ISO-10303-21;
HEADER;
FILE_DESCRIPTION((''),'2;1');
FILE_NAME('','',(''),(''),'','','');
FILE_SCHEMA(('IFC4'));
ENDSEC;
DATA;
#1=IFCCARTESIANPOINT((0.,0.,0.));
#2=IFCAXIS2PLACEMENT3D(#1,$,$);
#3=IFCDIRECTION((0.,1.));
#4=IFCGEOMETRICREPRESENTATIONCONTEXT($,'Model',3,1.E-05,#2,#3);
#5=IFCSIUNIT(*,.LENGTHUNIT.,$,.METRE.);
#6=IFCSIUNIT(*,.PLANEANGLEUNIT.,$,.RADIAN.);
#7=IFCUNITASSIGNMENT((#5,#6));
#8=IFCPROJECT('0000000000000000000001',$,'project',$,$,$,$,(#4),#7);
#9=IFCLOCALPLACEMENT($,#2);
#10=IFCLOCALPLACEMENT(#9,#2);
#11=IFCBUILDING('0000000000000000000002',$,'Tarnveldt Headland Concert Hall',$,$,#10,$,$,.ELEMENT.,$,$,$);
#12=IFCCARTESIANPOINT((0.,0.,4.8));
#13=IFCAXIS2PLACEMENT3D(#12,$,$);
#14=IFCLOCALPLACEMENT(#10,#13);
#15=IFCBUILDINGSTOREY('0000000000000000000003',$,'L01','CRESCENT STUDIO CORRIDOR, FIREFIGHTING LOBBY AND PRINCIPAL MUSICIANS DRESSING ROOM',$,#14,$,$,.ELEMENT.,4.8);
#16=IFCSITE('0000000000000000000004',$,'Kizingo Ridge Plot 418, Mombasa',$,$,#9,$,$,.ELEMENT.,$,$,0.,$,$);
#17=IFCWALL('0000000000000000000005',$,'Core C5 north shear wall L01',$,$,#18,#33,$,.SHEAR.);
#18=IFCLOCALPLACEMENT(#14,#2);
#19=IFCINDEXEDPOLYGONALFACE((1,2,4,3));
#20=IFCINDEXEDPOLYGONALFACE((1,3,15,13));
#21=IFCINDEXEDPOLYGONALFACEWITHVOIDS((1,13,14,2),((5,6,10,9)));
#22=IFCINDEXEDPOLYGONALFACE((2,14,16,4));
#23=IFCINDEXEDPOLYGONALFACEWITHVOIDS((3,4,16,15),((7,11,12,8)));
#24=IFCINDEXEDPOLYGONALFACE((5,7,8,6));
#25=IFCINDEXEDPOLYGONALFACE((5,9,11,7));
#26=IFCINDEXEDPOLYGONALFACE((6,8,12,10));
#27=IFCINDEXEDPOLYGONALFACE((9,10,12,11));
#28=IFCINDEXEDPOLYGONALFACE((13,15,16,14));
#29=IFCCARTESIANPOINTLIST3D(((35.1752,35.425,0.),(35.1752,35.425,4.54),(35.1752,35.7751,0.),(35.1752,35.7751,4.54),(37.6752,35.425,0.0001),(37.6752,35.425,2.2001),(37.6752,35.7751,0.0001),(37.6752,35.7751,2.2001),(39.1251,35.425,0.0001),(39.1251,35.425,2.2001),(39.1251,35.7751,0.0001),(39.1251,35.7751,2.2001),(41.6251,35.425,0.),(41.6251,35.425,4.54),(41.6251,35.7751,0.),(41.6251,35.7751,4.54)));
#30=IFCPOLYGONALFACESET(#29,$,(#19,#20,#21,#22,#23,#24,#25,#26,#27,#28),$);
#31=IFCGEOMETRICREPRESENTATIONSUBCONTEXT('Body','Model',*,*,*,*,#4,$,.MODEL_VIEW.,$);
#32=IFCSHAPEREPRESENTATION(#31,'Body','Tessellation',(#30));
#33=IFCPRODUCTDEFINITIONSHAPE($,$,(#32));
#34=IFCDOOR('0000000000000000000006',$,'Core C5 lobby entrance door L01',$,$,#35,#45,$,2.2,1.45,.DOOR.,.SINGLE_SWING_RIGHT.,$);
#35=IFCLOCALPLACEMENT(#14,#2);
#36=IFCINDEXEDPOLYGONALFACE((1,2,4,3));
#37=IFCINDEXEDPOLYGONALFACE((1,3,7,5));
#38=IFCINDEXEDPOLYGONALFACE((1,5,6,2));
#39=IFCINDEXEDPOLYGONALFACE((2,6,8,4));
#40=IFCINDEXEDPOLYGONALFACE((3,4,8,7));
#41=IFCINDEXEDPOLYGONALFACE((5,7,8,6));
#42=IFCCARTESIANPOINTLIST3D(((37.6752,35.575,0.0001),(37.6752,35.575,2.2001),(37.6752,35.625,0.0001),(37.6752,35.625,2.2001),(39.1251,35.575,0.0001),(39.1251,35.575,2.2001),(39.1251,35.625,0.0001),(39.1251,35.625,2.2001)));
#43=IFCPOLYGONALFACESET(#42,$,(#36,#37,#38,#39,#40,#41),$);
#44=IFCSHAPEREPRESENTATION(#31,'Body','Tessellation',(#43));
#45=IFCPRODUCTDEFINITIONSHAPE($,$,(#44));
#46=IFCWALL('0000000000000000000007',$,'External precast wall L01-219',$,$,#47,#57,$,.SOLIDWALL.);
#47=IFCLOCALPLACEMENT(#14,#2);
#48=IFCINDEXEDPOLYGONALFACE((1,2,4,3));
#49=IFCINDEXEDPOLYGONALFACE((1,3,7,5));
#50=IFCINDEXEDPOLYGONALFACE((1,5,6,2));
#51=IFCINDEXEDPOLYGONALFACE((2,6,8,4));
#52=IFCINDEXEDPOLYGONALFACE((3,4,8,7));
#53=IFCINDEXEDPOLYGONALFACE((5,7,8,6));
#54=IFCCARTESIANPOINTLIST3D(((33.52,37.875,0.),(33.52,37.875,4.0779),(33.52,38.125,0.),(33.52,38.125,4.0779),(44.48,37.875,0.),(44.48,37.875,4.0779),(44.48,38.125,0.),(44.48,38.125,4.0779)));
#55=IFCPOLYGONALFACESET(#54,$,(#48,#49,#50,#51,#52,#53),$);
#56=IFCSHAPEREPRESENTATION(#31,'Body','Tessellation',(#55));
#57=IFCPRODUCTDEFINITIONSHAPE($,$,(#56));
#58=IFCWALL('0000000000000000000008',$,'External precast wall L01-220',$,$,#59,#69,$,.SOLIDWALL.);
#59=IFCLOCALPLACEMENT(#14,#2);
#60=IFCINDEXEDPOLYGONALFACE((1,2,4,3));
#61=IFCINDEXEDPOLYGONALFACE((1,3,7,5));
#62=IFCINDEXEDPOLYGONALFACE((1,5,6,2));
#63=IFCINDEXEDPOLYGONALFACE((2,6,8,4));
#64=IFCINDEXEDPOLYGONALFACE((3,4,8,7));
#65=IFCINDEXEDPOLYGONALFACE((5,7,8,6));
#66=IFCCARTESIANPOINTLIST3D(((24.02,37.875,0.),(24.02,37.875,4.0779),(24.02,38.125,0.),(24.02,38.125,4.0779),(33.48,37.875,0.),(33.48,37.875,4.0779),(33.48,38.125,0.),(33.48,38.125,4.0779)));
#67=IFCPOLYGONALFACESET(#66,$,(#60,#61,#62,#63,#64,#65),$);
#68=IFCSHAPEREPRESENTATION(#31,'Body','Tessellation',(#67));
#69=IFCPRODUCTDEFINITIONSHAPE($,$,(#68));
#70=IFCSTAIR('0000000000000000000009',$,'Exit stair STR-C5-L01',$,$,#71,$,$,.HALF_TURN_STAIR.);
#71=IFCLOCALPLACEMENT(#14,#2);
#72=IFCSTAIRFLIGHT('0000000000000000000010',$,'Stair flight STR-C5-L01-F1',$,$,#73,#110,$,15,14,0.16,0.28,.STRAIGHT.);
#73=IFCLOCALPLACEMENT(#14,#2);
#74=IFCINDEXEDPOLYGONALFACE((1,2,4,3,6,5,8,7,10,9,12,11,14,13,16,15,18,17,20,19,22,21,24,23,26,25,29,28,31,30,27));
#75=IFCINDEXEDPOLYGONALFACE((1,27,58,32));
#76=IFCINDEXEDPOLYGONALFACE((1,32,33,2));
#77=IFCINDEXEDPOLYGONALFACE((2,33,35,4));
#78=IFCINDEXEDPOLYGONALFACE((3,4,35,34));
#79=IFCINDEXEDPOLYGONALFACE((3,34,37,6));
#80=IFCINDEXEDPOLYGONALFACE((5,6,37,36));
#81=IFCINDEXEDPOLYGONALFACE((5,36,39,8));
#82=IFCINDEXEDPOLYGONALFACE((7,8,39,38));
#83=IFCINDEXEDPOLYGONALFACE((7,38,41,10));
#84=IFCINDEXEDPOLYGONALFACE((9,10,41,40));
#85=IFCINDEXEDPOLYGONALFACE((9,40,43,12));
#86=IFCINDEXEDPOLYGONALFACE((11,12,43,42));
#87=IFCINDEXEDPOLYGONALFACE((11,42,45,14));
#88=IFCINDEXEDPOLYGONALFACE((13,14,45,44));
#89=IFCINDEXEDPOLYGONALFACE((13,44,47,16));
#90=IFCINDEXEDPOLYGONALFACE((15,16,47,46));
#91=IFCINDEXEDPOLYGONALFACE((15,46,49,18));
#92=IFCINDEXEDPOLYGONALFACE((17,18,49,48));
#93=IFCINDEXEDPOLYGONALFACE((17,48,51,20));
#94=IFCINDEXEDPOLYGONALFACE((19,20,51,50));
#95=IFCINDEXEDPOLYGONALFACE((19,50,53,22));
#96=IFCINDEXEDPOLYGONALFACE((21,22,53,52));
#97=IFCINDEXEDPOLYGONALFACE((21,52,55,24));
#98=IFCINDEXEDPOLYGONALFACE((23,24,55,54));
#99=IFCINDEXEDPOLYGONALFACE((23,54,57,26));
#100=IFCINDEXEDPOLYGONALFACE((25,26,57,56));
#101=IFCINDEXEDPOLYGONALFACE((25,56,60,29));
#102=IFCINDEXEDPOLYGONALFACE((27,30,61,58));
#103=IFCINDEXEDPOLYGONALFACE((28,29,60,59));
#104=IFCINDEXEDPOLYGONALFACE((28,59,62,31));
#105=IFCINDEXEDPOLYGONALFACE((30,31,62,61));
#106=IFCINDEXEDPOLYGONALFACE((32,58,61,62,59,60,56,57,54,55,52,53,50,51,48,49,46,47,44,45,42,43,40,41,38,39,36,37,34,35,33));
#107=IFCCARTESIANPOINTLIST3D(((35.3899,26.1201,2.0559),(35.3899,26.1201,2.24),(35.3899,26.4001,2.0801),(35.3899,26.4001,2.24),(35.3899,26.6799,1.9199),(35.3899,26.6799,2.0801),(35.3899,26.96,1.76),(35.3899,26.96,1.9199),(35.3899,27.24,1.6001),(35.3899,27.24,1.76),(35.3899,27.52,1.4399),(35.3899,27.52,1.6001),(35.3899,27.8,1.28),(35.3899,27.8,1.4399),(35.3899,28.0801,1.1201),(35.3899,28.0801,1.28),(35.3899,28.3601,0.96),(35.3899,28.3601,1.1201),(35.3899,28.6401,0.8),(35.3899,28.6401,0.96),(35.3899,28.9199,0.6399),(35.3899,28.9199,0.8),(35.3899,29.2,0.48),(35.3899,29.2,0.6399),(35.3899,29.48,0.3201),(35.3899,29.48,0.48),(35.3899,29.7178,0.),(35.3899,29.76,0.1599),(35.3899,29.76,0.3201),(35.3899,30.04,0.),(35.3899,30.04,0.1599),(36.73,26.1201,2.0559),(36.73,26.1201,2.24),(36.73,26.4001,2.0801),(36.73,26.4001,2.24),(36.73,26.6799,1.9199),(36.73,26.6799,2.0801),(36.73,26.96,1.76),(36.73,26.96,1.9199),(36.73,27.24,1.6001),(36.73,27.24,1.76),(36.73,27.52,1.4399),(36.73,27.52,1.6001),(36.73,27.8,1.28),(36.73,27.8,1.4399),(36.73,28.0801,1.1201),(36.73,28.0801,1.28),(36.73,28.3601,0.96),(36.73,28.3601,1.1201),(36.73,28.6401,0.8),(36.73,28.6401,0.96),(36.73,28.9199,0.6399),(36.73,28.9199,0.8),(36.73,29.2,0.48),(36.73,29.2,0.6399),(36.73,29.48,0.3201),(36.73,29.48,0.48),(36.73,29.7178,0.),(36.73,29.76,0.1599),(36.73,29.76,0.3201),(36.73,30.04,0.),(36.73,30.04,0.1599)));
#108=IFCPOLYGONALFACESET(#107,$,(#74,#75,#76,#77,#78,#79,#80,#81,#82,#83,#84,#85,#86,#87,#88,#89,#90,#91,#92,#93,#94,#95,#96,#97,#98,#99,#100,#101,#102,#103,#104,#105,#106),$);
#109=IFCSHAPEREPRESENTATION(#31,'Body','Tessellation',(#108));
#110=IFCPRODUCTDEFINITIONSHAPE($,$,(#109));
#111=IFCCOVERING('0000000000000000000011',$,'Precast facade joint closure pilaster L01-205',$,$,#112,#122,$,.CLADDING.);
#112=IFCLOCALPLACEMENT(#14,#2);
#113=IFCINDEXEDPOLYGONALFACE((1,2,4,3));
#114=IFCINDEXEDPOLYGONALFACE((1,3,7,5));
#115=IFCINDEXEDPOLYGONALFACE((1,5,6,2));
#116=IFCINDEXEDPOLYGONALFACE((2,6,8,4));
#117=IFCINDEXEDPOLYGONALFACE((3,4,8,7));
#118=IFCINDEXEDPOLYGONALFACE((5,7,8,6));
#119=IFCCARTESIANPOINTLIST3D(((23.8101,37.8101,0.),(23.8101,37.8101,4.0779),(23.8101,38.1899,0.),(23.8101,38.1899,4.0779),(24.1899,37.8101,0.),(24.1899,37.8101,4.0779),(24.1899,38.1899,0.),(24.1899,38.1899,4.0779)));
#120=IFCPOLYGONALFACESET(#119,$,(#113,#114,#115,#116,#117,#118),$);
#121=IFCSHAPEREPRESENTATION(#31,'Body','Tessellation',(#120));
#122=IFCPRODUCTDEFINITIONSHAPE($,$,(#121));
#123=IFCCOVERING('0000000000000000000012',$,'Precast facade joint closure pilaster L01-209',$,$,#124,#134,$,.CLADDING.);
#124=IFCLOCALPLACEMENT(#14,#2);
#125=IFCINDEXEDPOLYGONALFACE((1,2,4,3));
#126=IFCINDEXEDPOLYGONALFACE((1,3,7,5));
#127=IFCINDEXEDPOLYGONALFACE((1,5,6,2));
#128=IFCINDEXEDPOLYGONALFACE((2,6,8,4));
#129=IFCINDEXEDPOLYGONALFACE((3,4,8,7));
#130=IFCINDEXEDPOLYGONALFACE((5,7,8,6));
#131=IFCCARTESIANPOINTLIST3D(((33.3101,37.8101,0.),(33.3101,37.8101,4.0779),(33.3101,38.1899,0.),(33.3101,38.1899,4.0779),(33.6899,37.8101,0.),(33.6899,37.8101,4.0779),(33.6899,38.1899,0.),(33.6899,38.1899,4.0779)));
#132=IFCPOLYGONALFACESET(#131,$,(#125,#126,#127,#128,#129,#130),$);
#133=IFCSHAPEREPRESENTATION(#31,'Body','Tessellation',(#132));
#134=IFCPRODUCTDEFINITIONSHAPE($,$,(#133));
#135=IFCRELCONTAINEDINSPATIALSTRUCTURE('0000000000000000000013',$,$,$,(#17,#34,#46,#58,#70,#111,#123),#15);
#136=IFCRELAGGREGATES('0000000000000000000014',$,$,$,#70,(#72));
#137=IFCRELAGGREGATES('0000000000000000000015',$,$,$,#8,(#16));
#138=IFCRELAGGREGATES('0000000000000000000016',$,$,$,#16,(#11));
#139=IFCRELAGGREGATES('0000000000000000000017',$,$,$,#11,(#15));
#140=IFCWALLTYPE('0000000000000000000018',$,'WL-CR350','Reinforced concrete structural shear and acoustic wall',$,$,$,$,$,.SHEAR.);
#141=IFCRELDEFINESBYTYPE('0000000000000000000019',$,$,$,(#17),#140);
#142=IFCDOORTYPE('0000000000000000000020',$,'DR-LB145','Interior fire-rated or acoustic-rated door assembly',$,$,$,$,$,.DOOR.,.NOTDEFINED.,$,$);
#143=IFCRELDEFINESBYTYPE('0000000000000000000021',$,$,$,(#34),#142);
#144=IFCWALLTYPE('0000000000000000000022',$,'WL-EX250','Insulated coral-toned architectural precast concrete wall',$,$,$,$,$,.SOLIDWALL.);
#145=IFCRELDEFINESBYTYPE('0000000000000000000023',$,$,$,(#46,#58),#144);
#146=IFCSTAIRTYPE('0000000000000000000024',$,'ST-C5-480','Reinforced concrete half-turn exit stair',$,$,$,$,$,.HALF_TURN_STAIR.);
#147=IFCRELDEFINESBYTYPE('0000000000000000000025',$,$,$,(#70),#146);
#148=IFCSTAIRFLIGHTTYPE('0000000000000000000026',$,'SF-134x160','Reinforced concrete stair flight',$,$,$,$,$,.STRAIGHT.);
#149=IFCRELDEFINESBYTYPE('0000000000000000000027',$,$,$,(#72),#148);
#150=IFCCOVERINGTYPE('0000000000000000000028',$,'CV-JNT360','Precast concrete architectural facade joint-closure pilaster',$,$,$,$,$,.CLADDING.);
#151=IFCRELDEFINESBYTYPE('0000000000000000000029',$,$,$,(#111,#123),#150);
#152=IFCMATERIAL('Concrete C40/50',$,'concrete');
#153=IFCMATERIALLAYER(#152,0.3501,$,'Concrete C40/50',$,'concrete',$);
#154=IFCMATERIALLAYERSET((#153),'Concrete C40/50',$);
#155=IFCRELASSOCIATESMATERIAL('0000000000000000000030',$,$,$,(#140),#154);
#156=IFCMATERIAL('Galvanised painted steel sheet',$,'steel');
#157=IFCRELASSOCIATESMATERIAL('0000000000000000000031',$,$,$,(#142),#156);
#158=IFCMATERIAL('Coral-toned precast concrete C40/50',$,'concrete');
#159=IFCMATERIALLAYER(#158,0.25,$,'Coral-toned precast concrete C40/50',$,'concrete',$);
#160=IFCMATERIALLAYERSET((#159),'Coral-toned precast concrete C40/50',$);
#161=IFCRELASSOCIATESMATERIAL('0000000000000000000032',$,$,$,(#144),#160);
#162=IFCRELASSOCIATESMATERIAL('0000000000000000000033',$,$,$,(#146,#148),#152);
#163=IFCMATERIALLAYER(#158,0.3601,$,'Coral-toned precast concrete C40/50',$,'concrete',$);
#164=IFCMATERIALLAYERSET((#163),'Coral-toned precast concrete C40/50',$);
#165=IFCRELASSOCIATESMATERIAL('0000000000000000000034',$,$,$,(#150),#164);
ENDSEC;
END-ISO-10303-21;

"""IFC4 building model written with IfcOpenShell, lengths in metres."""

from ifc_helpers import new_model, si_unit, direction, frame, frame_2d, origin, origin_2d, place, context, subcontext, project, spatial, polyline, rectangle, outline, extrude, material, layer, layer_set, type_object, element, fill, aggregate, save


model = new_model("IFC4")

# Units and contexts
model_context = context("Model", 3, precision=1e-05, world=origin(), true_north=direction((0.0, 1.0)))
body_context = subcontext(model_context, "Body", "Model", "MODEL_VIEW")
ifc_project = project(units=[si_unit("LENGTHUNIT", "METRE"), si_unit("PLANEANGLEUNIT", "RADIAN")], contexts=[model_context])

# Site, building, storey
site_placement = place(None, origin())
site = spatial("IfcSite", under=ifc_project, at=site_placement, Name="Kizingo Ridge Plot 418, Mombasa", CompositionType="ELEMENT", RefElevation=0.0)
building_placement = place(site_placement, origin())
building = spatial("IfcBuilding", under=site, at=building_placement, Name="Tarnveldt Headland Concert Hall", CompositionType="ELEMENT")
storey_placement = place(building_placement, frame((0.0, 0.0, 4.8)))
storey = spatial("IfcBuildingStorey", under=building, at=storey_placement, Name="L01", Description="CRESCENT STUDIO CORRIDOR, FIREFIGHTING LOBBY AND PRINCIPAL MUSICIANS DRESSING ROOM", CompositionType="ELEMENT", Elevation=4.8)

# Wall, opening, door
ifc_material_1 = material(Name="Concrete C40/50", Category="concrete")
ifc_layer_1 = layer(ifc_material_1, 0.3501, Name="Concrete C40/50", Category="concrete")
ifc_layer_set_1 = layer_set([ifc_layer_1], Name="Concrete C40/50")
wall_type_1 = type_object("IfcWallType", Name="WL-CR350", Description="Reinforced concrete structural shear and acoustic wall", PredefinedType="SHEAR", material=ifc_layer_set_1)
wall_1_placement = place(storey_placement, frame((35.175, 35.6001, 0.0), z_axis=(0.0, 0.0, 1.0), x_axis=(1.0, 0.0, 0.0)))
wall_1 = element("IfcWall", 1, at=wall_1_placement, inside=storey, type_object=wall_type_1, Name="Core C5 north shear wall L01", PredefinedType="SHEAR", context=body_context, shape_type="SweptSolid", body=[
    extrude(rectangle(XDim=6.45, YDim=0.3501, at=frame_2d((3.2251, 0.0))), origin(), (0.0, 0.0, 1.0), 4.54),
])
opening_1_placement = place(wall_1_placement, frame((2.5, 0.0, 0.0)))
opening_1 = element("IfcOpeningElement", 2, at=opening_1_placement, cuts=wall_1, PredefinedType="OPENING", context=body_context, shape_type="SweptSolid", body=[
    extrude(rectangle(XDim=1.45, YDim=2.2, at=frame_2d((0.7251, 1.1001))), frame((0.0, 0.1851, 0.0), z_axis=(0.0, -1.0, 0.0), x_axis=(1.0, 0.0, 0.0)), (0.0, 0.0, 1.0), 0.3701),
])
ifc_material_2 = material(Name="Galvanised painted steel sheet", Category="steel")
door_type_1 = type_object("IfcDoorType", Name="DR-LB145", Description="Interior fire-rated or acoustic-rated door assembly", OperationType="NOTDEFINED", PredefinedType="DOOR", material=ifc_material_2)
door_1_placement = place(opening_1_placement, origin())
door_1 = element("IfcDoor", 3, at=door_1_placement, inside=storey, type_object=door_type_1, Name="Core C5 lobby entrance door L01", OperationType="SINGLE_SWING_RIGHT", OverallHeight=2.2, OverallWidth=1.45, PredefinedType="DOOR", context=body_context, shape_type="SweptSolid", body=[
    extrude(rectangle(XDim=1.45, YDim=2.2, at=frame_2d((0.7251, 1.1001))), frame((0.0, 0.0249, 0.0), z_axis=(0.0, -1.0, 0.0), x_axis=(1.0, 0.0, 0.0)), (0.0, 0.0, 1.0), 0.05),
])
fill(opening_1, door_1)

# Walls
ifc_material_3 = material(Name="Coral-toned precast concrete C40/50", Category="concrete")
ifc_layer_2 = layer(ifc_material_3, 0.25, Name="Coral-toned precast concrete C40/50", Category="concrete")
ifc_layer_set_2 = layer_set([ifc_layer_2], Name="Coral-toned precast concrete C40/50")
wall_type_2 = type_object("IfcWallType", Name="WL-EX250", Description="Insulated coral-toned architectural precast concrete wall", PredefinedType="SOLIDWALL", material=ifc_layer_set_2)
wall_2_placement = place(storey_placement, frame((33.52, 38.0, 0.0), z_axis=(0.0, 0.0, 1.0), x_axis=(1.0, 0.0, 0.0)))
element("IfcWall", 4, at=wall_2_placement, inside=storey, type_object=wall_type_2, Name="External precast wall L01-219", PredefinedType="SOLIDWALL", context=body_context, shape_type="SweptSolid", body=[
    extrude(rectangle(XDim=10.96, YDim=0.25, at=frame_2d((5.48, 0.0))), origin(), (0.0, 0.0, 1.0), 4.0779),
])
wall_3_placement = place(storey_placement, frame((24.02, 38.0, 0.0), z_axis=(0.0, 0.0, 1.0), x_axis=(1.0, 0.0, 0.0)))
element("IfcWall", 5, at=wall_3_placement, inside=storey, type_object=wall_type_2, Name="External precast wall L01-220", PredefinedType="SOLIDWALL", context=body_context, shape_type="SweptSolid", body=[
    extrude(rectangle(XDim=9.46, YDim=0.25, at=frame_2d((4.73, 0.0))), origin(), (0.0, 0.0, 1.0), 4.0779),
])

# Stair, stair flight
stair_type = type_object("IfcStairType", Name="ST-C5-480", Description="Reinforced concrete half-turn exit stair", PredefinedType="HALF_TURN_STAIR", material=ifc_material_1)
stair_placement = place(storey_placement, origin())
stair = element("IfcStair", 6, at=stair_placement, inside=storey, type_object=stair_type, Name="Exit stair STR-C5-L01", PredefinedType="HALF_TURN_STAIR")
stair_flight_type = type_object("IfcStairFlightType", Name="SF-134x160", Description="Reinforced concrete stair flight", PredefinedType="STRAIGHT", material=ifc_material_1)
stair_flight_placement = place(storey_placement, frame((36.0601, 30.04, 0.0), z_axis=(0.0, 0.0, 1.0), x_axis=(0.0, -1.0, 0.0)))
stair_flight = element("IfcStairFlight", 7, at=stair_flight_placement, type_object=stair_flight_type, Name="Stair flight STR-C5-L01-F1", NumberOfRisers=15, NumberOfTreads=14, PredefinedType="STRAIGHT", RiserHeight=0.16, TreadLength=0.28, context=body_context, shape_type="SweptSolid", body=[
    extrude(outline(polyline([(0.0, 0.0), (0.0, 0.1599), (0.28, 0.1599), (0.28, 0.3201), (0.5601, 0.3201), (0.5601, 0.48), (0.8401, 0.48), (0.8401, 0.6399), (1.1201, 0.6399), (1.1201, 0.8), (1.3999, 0.8), (1.3999, 0.96), (1.6799, 0.96), (1.6799, 1.1201), (1.96, 1.1201), (1.96, 1.28), (2.24, 1.28), (2.24, 1.4399), (2.52, 1.4399), (2.52, 1.6001), (2.8, 1.6001), (2.8, 1.76), (3.0801, 1.76), (3.0801, 1.9199), (3.3601, 1.9199), (3.3601, 2.0801), (3.6399, 2.0801), (3.6399, 2.24), (3.9199, 2.24), (3.9199, 2.3999), (3.9199, 2.0559), (0.3223, 0.0), (0.0, 0.0)])), frame((0.0, 0.6699, 0.0), z_axis=(0.0, -1.0, 0.0), x_axis=(1.0, 0.0, 0.0)), (0.0, 0.0, 1.0), 1.3401),
])
aggregate(stair, [stair_flight])

# Coverings
ifc_layer_3 = layer(ifc_material_3, 0.3601, Name="Coral-toned precast concrete C40/50", Category="concrete")
ifc_layer_set_3 = layer_set([ifc_layer_3], Name="Coral-toned precast concrete C40/50")
covering_type = type_object("IfcCoveringType", Name="CV-JNT360", Description="Precast concrete architectural facade joint-closure pilaster", PredefinedType="CLADDING", material=ifc_layer_set_3)
for number, where, z_axis, x_axis, name in (
    (8, (24.0, 38.0, 0.0), (0.0, 0.0, 1.0), (1.0, 0.0, 0.0), "Precast facade joint closure pilaster L01-205"),
    (9, (33.5, 38.0, 0.0), (0.0, 0.0, 1.0), (1.0, 0.0, 0.0), "Precast facade joint closure pilaster L01-209"),
):
    element("IfcCovering", number, at=place(storey_placement, frame(where, z_axis=z_axis, x_axis=x_axis)), inside=storey, type_object=covering_type, Name=name, PredefinedType="CLADDING", context=body_context, shape_type="SweptSolid", body=[
        extrude(rectangle(XDim=0.3799, YDim=0.3799, at=origin_2d()), origin(), (0.0, 0.0, 1.0), 4.0779),
    ])

save(model, "model.ifc")
